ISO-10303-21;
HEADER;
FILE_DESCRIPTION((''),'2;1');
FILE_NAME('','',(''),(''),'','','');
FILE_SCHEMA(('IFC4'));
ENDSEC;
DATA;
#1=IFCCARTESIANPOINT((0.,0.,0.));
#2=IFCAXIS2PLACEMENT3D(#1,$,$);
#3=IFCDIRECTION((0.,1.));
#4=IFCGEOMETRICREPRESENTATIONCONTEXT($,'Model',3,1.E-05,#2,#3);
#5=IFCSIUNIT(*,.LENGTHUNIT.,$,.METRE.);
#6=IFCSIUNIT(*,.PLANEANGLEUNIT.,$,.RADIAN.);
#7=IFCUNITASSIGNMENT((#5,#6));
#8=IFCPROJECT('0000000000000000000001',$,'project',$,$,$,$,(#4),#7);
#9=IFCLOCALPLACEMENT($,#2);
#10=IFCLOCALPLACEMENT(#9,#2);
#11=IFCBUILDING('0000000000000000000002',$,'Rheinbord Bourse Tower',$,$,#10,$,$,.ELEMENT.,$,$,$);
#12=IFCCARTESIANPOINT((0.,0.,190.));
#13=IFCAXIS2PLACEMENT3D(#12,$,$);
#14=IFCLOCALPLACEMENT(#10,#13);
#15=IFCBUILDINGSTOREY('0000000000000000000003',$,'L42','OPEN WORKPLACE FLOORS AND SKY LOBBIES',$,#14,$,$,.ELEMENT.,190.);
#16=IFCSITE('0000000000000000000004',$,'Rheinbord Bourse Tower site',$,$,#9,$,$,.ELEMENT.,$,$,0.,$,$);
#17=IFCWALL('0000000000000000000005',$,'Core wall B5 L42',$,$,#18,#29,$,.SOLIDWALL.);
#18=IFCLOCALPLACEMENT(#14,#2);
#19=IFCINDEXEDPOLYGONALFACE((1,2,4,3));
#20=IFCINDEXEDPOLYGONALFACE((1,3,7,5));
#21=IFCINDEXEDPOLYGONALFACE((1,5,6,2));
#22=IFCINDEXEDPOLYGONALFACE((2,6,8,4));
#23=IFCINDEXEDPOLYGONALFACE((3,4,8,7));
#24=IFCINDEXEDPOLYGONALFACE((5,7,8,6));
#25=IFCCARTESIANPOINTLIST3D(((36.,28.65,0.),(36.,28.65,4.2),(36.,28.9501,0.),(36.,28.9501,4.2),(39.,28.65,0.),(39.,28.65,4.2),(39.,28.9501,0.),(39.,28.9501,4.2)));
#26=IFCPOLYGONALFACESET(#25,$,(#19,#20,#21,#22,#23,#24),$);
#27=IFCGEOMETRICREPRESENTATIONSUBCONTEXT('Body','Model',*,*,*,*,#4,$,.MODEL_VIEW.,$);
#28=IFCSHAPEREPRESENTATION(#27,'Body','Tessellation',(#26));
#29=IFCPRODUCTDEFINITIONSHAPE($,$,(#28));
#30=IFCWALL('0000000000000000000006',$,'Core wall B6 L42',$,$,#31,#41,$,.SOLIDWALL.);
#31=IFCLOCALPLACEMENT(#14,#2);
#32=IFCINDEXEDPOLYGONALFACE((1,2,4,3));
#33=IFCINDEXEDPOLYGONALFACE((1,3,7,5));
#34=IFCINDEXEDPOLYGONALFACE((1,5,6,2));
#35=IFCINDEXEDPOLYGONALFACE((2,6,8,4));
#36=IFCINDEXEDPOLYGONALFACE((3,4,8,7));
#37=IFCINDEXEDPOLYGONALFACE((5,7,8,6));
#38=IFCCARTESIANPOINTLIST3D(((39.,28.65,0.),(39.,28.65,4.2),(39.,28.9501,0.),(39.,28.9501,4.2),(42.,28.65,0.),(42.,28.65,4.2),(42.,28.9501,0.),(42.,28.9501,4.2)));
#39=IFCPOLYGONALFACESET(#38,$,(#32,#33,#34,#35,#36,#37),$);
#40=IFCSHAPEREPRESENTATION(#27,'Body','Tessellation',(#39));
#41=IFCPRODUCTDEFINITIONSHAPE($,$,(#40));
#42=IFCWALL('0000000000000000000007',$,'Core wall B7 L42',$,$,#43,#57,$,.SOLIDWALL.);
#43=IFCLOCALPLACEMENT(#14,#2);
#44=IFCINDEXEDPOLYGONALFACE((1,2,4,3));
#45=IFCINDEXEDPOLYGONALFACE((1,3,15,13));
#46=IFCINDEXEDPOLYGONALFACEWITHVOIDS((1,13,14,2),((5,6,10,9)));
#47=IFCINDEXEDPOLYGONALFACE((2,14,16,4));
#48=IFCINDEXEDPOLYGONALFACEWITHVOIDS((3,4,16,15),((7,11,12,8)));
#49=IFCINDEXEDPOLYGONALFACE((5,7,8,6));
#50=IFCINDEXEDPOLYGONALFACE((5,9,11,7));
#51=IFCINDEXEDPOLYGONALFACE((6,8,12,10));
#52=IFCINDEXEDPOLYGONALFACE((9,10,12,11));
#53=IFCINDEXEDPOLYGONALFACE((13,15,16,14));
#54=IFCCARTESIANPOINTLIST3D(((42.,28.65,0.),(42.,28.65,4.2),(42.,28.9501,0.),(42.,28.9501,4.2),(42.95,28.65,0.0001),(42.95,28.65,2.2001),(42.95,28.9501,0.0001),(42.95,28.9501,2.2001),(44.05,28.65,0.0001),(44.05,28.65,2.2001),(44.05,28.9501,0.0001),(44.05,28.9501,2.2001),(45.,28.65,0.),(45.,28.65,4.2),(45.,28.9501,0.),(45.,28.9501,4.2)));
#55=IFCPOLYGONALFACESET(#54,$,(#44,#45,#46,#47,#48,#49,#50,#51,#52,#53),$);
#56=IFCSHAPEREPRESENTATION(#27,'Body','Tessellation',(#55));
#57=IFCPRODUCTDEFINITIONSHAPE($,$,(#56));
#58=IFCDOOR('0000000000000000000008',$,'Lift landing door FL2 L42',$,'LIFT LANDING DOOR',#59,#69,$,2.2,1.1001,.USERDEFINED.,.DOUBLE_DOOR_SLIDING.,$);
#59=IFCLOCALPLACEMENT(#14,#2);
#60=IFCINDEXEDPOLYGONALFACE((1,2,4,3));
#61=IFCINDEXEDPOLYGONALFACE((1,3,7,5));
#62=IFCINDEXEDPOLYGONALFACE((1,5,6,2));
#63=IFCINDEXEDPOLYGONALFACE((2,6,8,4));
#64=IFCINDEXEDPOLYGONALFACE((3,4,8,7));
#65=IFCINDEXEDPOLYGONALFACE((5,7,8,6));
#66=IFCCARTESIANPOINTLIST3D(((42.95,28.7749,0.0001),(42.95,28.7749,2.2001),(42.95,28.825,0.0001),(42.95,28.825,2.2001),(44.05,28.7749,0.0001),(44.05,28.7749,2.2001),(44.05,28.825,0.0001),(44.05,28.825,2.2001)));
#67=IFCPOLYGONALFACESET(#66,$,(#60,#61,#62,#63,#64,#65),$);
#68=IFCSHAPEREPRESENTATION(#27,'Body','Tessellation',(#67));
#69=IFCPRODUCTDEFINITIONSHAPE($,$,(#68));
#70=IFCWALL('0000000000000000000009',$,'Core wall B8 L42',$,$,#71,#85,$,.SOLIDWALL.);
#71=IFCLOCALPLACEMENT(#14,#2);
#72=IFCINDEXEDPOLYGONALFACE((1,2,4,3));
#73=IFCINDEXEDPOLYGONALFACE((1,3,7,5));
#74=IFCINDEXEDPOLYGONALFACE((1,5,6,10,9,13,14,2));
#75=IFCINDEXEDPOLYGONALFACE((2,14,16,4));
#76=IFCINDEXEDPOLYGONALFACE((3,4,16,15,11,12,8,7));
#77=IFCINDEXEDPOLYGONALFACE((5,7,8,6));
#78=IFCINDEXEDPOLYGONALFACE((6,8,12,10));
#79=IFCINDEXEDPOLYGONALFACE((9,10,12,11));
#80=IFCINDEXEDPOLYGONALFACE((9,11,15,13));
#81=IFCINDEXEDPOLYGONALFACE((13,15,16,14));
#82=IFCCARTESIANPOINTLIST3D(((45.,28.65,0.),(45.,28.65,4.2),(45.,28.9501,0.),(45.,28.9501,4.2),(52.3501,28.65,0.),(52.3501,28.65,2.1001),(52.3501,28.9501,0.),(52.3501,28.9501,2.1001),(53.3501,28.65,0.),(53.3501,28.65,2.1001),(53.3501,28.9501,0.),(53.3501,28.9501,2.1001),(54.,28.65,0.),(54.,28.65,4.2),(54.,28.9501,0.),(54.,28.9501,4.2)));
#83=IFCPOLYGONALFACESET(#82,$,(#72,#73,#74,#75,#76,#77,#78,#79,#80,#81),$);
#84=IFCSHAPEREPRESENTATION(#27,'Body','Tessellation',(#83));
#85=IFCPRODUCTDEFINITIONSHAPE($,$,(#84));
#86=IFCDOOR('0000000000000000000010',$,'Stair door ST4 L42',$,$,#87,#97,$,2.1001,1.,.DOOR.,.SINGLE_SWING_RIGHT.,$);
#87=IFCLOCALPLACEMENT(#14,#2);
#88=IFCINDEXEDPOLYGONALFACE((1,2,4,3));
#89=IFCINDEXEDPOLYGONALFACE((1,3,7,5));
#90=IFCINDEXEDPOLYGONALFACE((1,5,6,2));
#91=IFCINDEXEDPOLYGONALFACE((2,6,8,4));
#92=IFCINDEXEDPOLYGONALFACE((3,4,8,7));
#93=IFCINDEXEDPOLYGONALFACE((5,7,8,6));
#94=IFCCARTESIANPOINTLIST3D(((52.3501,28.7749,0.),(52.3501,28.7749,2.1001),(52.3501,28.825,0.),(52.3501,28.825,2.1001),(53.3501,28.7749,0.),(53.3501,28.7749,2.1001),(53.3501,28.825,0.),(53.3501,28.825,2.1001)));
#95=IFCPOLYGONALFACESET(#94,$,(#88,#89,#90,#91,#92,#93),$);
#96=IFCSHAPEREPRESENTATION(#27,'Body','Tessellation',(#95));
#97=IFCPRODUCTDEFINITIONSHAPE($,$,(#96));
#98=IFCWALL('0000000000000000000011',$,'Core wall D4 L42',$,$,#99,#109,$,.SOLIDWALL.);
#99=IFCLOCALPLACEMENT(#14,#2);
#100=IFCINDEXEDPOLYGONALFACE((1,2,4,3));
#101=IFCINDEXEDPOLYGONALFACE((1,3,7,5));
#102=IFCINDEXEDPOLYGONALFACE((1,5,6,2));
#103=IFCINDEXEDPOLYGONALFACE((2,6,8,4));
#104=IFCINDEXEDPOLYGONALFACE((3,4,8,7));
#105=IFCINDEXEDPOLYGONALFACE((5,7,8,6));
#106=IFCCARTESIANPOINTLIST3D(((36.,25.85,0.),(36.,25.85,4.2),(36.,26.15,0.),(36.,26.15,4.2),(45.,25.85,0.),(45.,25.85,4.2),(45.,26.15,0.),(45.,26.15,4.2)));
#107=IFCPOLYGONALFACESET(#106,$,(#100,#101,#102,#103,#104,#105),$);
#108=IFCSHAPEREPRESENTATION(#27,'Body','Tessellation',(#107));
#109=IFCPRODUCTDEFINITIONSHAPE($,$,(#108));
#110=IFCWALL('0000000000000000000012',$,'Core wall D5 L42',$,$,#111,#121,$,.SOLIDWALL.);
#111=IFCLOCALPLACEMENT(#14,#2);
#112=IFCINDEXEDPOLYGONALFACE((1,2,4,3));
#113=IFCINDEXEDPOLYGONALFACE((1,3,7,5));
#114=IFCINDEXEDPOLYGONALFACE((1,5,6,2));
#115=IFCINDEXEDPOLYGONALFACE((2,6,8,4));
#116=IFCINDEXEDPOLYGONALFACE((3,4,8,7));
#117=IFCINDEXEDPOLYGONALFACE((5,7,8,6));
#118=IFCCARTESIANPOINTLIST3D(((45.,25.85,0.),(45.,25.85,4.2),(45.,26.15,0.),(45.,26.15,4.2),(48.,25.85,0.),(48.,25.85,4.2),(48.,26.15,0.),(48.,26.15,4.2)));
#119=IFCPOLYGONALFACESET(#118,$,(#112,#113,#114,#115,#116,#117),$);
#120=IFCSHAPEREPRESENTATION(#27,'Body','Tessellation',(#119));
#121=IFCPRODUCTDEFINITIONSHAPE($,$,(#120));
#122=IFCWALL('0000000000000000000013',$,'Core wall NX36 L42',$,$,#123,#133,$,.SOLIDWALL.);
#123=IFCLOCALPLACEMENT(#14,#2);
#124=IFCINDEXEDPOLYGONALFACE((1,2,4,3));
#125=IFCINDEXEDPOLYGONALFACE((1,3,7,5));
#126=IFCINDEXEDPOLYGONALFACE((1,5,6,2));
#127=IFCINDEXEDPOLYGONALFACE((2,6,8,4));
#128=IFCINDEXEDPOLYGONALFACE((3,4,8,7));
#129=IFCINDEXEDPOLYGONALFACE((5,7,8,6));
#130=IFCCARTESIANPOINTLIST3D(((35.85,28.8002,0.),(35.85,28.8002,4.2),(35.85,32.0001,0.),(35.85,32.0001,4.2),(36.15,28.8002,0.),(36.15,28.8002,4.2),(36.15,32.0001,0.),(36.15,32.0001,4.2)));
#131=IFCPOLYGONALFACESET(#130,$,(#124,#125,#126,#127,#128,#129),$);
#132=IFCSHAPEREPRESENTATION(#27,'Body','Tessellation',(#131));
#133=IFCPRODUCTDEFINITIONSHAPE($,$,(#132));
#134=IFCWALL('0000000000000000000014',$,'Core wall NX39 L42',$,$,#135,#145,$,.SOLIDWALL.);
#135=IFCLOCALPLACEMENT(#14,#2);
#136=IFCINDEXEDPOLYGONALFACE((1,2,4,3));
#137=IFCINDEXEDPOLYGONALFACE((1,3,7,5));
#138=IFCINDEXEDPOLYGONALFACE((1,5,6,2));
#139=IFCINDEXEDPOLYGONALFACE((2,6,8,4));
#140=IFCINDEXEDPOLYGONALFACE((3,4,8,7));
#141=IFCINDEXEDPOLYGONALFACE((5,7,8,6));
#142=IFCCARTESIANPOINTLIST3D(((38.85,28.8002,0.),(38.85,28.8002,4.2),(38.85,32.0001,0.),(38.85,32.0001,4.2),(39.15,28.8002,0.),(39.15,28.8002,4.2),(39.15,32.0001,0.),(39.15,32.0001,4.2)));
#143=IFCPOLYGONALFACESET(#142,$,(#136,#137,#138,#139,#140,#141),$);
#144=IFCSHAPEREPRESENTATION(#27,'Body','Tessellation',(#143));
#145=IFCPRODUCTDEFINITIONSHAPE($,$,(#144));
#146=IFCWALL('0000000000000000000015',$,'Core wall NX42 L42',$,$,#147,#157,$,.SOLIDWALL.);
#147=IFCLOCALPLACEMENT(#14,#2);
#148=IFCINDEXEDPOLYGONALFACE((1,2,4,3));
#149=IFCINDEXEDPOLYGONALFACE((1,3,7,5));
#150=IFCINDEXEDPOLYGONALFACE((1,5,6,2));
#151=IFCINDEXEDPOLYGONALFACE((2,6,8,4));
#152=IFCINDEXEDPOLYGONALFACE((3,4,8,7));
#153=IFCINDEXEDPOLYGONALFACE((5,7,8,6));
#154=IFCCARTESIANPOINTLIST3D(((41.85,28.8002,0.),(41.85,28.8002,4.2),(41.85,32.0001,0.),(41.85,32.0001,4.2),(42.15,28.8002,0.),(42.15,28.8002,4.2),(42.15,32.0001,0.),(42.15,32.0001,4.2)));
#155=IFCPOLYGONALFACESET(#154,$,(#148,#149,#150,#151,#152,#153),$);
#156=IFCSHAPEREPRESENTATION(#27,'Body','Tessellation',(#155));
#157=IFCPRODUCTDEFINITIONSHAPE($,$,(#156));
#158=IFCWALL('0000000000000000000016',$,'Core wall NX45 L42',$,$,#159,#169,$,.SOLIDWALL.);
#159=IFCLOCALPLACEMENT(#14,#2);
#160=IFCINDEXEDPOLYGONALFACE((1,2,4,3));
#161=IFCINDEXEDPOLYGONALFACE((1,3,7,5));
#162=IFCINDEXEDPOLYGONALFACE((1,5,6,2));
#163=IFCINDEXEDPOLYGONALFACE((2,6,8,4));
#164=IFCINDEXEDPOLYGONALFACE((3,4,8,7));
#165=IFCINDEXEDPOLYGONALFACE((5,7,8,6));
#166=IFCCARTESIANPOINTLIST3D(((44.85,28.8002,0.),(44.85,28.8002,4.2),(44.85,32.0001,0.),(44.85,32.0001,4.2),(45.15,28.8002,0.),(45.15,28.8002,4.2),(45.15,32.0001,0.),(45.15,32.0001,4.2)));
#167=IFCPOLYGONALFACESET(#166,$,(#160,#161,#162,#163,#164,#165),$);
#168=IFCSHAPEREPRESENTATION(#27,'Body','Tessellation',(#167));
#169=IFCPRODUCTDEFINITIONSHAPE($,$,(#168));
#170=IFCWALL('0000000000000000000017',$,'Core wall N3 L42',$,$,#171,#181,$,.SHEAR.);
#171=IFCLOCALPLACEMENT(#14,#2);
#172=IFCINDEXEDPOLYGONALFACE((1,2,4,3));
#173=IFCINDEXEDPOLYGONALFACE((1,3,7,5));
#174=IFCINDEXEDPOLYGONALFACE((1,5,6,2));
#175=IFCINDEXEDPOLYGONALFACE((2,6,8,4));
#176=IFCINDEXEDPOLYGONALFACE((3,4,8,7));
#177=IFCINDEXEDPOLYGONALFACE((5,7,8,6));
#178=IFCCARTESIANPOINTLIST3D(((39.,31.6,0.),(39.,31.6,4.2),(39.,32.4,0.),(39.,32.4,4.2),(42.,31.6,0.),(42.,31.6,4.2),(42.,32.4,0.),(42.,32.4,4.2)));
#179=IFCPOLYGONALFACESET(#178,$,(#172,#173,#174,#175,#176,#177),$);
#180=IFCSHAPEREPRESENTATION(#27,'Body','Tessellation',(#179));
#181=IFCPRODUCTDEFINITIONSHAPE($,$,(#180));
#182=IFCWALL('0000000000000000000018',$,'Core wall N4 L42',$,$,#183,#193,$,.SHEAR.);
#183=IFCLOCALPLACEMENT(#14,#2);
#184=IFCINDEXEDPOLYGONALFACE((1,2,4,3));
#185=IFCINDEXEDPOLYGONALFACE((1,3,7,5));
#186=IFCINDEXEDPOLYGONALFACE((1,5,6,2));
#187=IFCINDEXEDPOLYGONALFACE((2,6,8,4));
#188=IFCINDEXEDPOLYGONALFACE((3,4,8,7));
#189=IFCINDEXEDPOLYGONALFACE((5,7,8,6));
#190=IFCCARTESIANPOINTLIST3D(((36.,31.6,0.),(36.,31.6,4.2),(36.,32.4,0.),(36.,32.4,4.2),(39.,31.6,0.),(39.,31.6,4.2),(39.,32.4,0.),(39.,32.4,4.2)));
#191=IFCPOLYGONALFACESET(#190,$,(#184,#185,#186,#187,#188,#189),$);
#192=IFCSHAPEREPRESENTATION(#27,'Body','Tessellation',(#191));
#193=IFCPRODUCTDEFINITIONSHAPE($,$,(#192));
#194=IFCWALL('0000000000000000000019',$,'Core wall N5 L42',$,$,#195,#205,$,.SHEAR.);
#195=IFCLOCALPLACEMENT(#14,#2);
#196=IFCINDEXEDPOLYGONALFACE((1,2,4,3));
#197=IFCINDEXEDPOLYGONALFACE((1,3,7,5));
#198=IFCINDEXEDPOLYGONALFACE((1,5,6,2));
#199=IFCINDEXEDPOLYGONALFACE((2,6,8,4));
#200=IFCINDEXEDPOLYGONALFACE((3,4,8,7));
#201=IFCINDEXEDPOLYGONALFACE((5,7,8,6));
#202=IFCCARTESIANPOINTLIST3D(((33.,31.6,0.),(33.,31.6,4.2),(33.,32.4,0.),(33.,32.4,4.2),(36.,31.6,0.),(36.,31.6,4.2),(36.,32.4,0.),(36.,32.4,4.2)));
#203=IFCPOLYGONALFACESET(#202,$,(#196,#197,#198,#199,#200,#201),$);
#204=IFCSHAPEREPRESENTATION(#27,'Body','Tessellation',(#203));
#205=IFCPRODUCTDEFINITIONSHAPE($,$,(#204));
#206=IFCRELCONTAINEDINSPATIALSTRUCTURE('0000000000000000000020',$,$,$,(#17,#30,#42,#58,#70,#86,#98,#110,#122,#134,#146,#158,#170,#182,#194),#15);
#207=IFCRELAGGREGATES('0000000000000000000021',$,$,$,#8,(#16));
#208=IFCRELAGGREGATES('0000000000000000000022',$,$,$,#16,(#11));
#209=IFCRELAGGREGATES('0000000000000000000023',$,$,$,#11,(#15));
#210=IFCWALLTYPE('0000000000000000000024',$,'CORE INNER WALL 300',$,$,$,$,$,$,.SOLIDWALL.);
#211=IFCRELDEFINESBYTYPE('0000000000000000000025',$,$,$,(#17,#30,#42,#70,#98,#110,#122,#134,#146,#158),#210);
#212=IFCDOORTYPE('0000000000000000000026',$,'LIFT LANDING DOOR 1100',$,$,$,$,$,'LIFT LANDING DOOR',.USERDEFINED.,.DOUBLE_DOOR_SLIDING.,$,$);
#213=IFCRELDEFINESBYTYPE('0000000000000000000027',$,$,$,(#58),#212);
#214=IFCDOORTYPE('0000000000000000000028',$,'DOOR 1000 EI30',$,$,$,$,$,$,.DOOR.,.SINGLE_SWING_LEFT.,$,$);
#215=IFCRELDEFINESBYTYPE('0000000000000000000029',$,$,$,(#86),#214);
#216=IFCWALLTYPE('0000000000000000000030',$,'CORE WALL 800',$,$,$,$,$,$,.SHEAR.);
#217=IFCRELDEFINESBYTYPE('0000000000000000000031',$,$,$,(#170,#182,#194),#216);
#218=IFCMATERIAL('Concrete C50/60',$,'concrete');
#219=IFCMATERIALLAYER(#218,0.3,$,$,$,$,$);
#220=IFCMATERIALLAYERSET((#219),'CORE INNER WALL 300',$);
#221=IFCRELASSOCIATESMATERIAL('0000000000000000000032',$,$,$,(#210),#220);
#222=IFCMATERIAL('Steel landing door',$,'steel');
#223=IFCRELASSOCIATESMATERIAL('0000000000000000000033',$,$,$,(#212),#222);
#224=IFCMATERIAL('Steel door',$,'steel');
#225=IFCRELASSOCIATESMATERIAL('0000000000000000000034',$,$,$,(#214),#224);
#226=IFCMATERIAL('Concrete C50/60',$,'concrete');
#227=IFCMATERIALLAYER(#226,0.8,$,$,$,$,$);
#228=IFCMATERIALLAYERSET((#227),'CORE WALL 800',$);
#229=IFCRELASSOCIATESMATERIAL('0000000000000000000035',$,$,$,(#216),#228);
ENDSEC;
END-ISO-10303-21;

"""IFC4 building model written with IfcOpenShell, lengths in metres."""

from ifc_helpers import new_model, si_unit, direction, frame, frame_2d, origin, place, context, subcontext, project, spatial, rectangle, extrude, material, layer, layer_set, type_object, element, fill, save


model = new_model("IFC4")

# Units and contexts
model_context = context("Model", 3, precision=1e-05, world=origin(), true_north=direction((0.0, 1.0)))
body_context = subcontext(model_context, "Body", "Model", "MODEL_VIEW")
ifc_project = project(units=[si_unit("LENGTHUNIT", "METRE"), si_unit("PLANEANGLEUNIT", "RADIAN")], contexts=[model_context])

# Site, building, storey
site_placement = place(None, origin())
site = spatial("IfcSite", under=ifc_project, at=site_placement, Name="Rheinbord Bourse Tower site", CompositionType="ELEMENT", RefElevation=0.0)
building_placement = place(site_placement, origin())
building = spatial("IfcBuilding", under=site, at=building_placement, Name="Rheinbord Bourse Tower", CompositionType="ELEMENT")
storey_placement = place(building_placement, frame((0.0, 0.0, 190.0)))
storey = spatial("IfcBuildingStorey", under=building, at=storey_placement, Name="L42", Description="OPEN WORKPLACE FLOORS AND SKY LOBBIES", CompositionType="ELEMENT", Elevation=190.0)

# Walls
ifc_material_1 = material(Name="Concrete C50/60", Category="concrete")
ifc_layer_1 = layer(ifc_material_1, 0.3)
ifc_layer_set_1 = layer_set([ifc_layer_1], Name="CORE INNER WALL 300")
wall_type_1 = type_object("IfcWallType", Name="CORE INNER WALL 300", PredefinedType="SOLIDWALL", material=ifc_layer_set_1)
for number, where, z_axis, x_axis, name in (
    (1, (36.0, 28.8, 0.0), (0.0, 0.0, 1.0), (1.0, 0.0, 0.0), "Core wall B5 L42"),
    (2, (39.0, 28.8, 0.0), (0.0, 0.0, 1.0), (1.0, 0.0, 0.0), "Core wall B6 L42"),
):
    element("IfcWall", number, at=place(storey_placement, frame(where, z_axis=z_axis, x_axis=x_axis)), inside=storey, type_object=wall_type_1, Name=name, PredefinedType="SOLIDWALL", context=body_context, shape_type="SweptSolid", body=[
        extrude(rectangle(XDim=3.0, YDim=0.3, at=frame_2d((1.5, 0.0))), origin(), (0.0, 0.0, 1.0), 4.2),
    ])

# Walls, openings, doors
wall_1_placement = place(storey_placement, frame((42.0, 28.8, 0.0), z_axis=(0.0, 0.0, 1.0), x_axis=(1.0, 0.0, 0.0)))
wall_1 = element("IfcWall", 3, at=wall_1_placement, inside=storey, type_object=wall_type_1, Name="Core wall B7 L42", PredefinedType="SOLIDWALL", context=body_context, shape_type="SweptSolid", body=[
    extrude(rectangle(XDim=3.0, YDim=0.3, at=frame_2d((1.5, 0.0))), origin(), (0.0, 0.0, 1.0), 4.2),
])
opening_1_placement = place(wall_1_placement, frame((0.95, 0.0, 0.0)))
opening_1 = element("IfcOpeningElement", 4, at=opening_1_placement, cuts=wall_1, PredefinedType="OPENING", context=body_context, shape_type="SweptSolid", body=[
    extrude(rectangle(XDim=1.1001, YDim=2.2, at=frame_2d((0.55, 1.1001))), frame((0.0, 0.1599, 0.0), z_axis=(0.0, -1.0, 0.0), x_axis=(1.0, 0.0, 0.0)), (0.0, 0.0, 1.0), 0.3201),
])
ifc_material_2 = material(Name="Steel landing door", Category="steel")
door_type_1 = type_object("IfcDoorType", Name="LIFT LANDING DOOR 1100", ElementType="LIFT LANDING DOOR", OperationType="DOUBLE_DOOR_SLIDING", PredefinedType="USERDEFINED", material=ifc_material_2)
door_1_placement = place(opening_1_placement, origin())
door_1 = element("IfcDoor", 5, at=door_1_placement, inside=storey, type_object=door_type_1, Name="Lift landing door FL2 L42", ObjectType="LIFT LANDING DOOR", OperationType="DOUBLE_DOOR_SLIDING", OverallHeight=2.2, OverallWidth=1.1001, PredefinedType="USERDEFINED", context=body_context, shape_type="SweptSolid", body=[
    extrude(rectangle(XDim=1.1001, YDim=2.2, at=frame_2d((0.55, 1.1001))), frame((0.0, 0.0249, 0.0), z_axis=(0.0, -1.0, 0.0), x_axis=(1.0, 0.0, 0.0)), (0.0, 0.0, 1.0), 0.05),
])
fill(opening_1, door_1)
wall_2_placement = place(storey_placement, frame((45.0, 28.8, 0.0), z_axis=(0.0, 0.0, 1.0), x_axis=(1.0, 0.0, 0.0)))
wall_2 = element("IfcWall", 6, at=wall_2_placement, inside=storey, type_object=wall_type_1, Name="Core wall B8 L42", PredefinedType="SOLIDWALL", context=body_context, shape_type="SweptSolid", body=[
    extrude(rectangle(XDim=9.0, YDim=0.3, at=frame_2d((4.5, 0.0))), origin(), (0.0, 0.0, 1.0), 4.2),
])
opening_2_placement = place(wall_2_placement, frame((7.3501, 0.0, 0.0)))
opening_2 = element("IfcOpeningElement", 7, at=opening_2_placement, cuts=wall_2, PredefinedType="OPENING", context=body_context, shape_type="SweptSolid", body=[
    extrude(rectangle(XDim=1.0, YDim=2.1001, at=frame_2d((0.5, 1.05))), frame((0.0, 0.1599, 0.0), z_axis=(0.0, -1.0, 0.0), x_axis=(1.0, 0.0, 0.0)), (0.0, 0.0, 1.0), 0.3201),
])
ifc_material_3 = material(Name="Steel door", Category="steel")
door_type_2 = type_object("IfcDoorType", Name="DOOR 1000 EI30", OperationType="SINGLE_SWING_LEFT", PredefinedType="DOOR", material=ifc_material_3)
door_2_placement = place(opening_2_placement, origin())
door_2 = element("IfcDoor", 8, at=door_2_placement, inside=storey, type_object=door_type_2, Name="Stair door ST4 L42", OperationType="SINGLE_SWING_RIGHT", OverallHeight=2.1001, OverallWidth=1.0, PredefinedType="DOOR", context=body_context, shape_type="SweptSolid", body=[
    extrude(rectangle(XDim=1.0, YDim=2.1001, at=frame_2d((0.5, 1.05))), frame((0.0, 0.0249, 0.0), z_axis=(0.0, -1.0, 0.0), x_axis=(1.0, 0.0, 0.0)), (0.0, 0.0, 1.0), 0.05),
])
fill(opening_2, door_2)

# Walls
wall_3_placement = place(storey_placement, frame((36.0, 26.0, 0.0), z_axis=(0.0, 0.0, 1.0), x_axis=(1.0, 0.0, 0.0)))
element("IfcWall", 9, at=wall_3_placement, inside=storey, type_object=wall_type_1, Name="Core wall D4 L42", PredefinedType="SOLIDWALL", context=body_context, shape_type="SweptSolid", body=[
    extrude(rectangle(XDim=9.0, YDim=0.3, at=frame_2d((4.5, 0.0))), origin(), (0.0, 0.0, 1.0), 4.2),
])
wall_4_placement = place(storey_placement, frame((45.0, 26.0, 0.0), z_axis=(0.0, 0.0, 1.0), x_axis=(1.0, 0.0, 0.0)))
element("IfcWall", 10, at=wall_4_placement, inside=storey, type_object=wall_type_1, Name="Core wall D5 L42", PredefinedType="SOLIDWALL", context=body_context, shape_type="SweptSolid", body=[
    extrude(rectangle(XDim=3.0, YDim=0.3, at=frame_2d((1.5, 0.0))), origin(), (0.0, 0.0, 1.0), 4.2),
])
for number, where, z_axis, x_axis, name in (
    (11, (36.0, 28.8, 0.0), (0.0, 0.0, 1.0), (0.0, 1.0, 0.0), "Core wall NX36 L42"),
    (12, (39.0, 28.8, 0.0), (0.0, 0.0, 1.0), (0.0, 1.0, 0.0), "Core wall NX39 L42"),
    (13, (42.0, 28.8, 0.0), (0.0, 0.0, 1.0), (0.0, 1.0, 0.0), "Core wall NX42 L42"),
    (14, (45.0, 28.8, 0.0), (0.0, 0.0, 1.0), (0.0, 1.0, 0.0), "Core wall NX45 L42"),
):
    element("IfcWall", number, at=place(storey_placement, frame(where, z_axis=z_axis, x_axis=x_axis)), inside=storey, type_object=wall_type_1, Name=name, PredefinedType="SOLIDWALL", context=body_context, shape_type="SweptSolid", body=[
        extrude(rectangle(XDim=3.2, YDim=0.3, at=frame_2d((1.6001, 0.0))), origin(), (0.0, 0.0, 1.0), 4.2),
    ])
ifc_material_4 = material(Name="Concrete C50/60", Category="concrete")
ifc_layer_2 = layer(ifc_material_4, 0.8)
ifc_layer_set_2 = layer_set([ifc_layer_2], Name="CORE WALL 800")
wall_type_2 = type_object("IfcWallType", Name="CORE WALL 800", PredefinedType="SHEAR", material=ifc_layer_set_2)
for number, where, z_axis, x_axis, name in (
    (15, (42.0, 32.0, 0.0), (0.0, 0.0, 1.0), (-1.0, 0.0, 0.0), "Core wall N3 L42"),
    (16, (39.0, 32.0, 0.0), (0.0, 0.0, 1.0), (-1.0, 0.0, 0.0), "Core wall N4 L42"),
    (17, (36.0, 32.0, 0.0), (0.0, 0.0, 1.0), (-1.0, 0.0, 0.0), "Core wall N5 L42"),
):
    element("IfcWall", number, at=place(storey_placement, frame(where, z_axis=z_axis, x_axis=x_axis)), inside=storey, type_object=wall_type_2, Name=name, PredefinedType="SHEAR", context=body_context, shape_type="SweptSolid", body=[
        extrude(rectangle(XDim=3.0, YDim=0.8, at=frame_2d((1.5, 0.0))), origin(), (0.0, 0.0, 1.0), 4.2),
    ])

save(model, "model.ifc")
